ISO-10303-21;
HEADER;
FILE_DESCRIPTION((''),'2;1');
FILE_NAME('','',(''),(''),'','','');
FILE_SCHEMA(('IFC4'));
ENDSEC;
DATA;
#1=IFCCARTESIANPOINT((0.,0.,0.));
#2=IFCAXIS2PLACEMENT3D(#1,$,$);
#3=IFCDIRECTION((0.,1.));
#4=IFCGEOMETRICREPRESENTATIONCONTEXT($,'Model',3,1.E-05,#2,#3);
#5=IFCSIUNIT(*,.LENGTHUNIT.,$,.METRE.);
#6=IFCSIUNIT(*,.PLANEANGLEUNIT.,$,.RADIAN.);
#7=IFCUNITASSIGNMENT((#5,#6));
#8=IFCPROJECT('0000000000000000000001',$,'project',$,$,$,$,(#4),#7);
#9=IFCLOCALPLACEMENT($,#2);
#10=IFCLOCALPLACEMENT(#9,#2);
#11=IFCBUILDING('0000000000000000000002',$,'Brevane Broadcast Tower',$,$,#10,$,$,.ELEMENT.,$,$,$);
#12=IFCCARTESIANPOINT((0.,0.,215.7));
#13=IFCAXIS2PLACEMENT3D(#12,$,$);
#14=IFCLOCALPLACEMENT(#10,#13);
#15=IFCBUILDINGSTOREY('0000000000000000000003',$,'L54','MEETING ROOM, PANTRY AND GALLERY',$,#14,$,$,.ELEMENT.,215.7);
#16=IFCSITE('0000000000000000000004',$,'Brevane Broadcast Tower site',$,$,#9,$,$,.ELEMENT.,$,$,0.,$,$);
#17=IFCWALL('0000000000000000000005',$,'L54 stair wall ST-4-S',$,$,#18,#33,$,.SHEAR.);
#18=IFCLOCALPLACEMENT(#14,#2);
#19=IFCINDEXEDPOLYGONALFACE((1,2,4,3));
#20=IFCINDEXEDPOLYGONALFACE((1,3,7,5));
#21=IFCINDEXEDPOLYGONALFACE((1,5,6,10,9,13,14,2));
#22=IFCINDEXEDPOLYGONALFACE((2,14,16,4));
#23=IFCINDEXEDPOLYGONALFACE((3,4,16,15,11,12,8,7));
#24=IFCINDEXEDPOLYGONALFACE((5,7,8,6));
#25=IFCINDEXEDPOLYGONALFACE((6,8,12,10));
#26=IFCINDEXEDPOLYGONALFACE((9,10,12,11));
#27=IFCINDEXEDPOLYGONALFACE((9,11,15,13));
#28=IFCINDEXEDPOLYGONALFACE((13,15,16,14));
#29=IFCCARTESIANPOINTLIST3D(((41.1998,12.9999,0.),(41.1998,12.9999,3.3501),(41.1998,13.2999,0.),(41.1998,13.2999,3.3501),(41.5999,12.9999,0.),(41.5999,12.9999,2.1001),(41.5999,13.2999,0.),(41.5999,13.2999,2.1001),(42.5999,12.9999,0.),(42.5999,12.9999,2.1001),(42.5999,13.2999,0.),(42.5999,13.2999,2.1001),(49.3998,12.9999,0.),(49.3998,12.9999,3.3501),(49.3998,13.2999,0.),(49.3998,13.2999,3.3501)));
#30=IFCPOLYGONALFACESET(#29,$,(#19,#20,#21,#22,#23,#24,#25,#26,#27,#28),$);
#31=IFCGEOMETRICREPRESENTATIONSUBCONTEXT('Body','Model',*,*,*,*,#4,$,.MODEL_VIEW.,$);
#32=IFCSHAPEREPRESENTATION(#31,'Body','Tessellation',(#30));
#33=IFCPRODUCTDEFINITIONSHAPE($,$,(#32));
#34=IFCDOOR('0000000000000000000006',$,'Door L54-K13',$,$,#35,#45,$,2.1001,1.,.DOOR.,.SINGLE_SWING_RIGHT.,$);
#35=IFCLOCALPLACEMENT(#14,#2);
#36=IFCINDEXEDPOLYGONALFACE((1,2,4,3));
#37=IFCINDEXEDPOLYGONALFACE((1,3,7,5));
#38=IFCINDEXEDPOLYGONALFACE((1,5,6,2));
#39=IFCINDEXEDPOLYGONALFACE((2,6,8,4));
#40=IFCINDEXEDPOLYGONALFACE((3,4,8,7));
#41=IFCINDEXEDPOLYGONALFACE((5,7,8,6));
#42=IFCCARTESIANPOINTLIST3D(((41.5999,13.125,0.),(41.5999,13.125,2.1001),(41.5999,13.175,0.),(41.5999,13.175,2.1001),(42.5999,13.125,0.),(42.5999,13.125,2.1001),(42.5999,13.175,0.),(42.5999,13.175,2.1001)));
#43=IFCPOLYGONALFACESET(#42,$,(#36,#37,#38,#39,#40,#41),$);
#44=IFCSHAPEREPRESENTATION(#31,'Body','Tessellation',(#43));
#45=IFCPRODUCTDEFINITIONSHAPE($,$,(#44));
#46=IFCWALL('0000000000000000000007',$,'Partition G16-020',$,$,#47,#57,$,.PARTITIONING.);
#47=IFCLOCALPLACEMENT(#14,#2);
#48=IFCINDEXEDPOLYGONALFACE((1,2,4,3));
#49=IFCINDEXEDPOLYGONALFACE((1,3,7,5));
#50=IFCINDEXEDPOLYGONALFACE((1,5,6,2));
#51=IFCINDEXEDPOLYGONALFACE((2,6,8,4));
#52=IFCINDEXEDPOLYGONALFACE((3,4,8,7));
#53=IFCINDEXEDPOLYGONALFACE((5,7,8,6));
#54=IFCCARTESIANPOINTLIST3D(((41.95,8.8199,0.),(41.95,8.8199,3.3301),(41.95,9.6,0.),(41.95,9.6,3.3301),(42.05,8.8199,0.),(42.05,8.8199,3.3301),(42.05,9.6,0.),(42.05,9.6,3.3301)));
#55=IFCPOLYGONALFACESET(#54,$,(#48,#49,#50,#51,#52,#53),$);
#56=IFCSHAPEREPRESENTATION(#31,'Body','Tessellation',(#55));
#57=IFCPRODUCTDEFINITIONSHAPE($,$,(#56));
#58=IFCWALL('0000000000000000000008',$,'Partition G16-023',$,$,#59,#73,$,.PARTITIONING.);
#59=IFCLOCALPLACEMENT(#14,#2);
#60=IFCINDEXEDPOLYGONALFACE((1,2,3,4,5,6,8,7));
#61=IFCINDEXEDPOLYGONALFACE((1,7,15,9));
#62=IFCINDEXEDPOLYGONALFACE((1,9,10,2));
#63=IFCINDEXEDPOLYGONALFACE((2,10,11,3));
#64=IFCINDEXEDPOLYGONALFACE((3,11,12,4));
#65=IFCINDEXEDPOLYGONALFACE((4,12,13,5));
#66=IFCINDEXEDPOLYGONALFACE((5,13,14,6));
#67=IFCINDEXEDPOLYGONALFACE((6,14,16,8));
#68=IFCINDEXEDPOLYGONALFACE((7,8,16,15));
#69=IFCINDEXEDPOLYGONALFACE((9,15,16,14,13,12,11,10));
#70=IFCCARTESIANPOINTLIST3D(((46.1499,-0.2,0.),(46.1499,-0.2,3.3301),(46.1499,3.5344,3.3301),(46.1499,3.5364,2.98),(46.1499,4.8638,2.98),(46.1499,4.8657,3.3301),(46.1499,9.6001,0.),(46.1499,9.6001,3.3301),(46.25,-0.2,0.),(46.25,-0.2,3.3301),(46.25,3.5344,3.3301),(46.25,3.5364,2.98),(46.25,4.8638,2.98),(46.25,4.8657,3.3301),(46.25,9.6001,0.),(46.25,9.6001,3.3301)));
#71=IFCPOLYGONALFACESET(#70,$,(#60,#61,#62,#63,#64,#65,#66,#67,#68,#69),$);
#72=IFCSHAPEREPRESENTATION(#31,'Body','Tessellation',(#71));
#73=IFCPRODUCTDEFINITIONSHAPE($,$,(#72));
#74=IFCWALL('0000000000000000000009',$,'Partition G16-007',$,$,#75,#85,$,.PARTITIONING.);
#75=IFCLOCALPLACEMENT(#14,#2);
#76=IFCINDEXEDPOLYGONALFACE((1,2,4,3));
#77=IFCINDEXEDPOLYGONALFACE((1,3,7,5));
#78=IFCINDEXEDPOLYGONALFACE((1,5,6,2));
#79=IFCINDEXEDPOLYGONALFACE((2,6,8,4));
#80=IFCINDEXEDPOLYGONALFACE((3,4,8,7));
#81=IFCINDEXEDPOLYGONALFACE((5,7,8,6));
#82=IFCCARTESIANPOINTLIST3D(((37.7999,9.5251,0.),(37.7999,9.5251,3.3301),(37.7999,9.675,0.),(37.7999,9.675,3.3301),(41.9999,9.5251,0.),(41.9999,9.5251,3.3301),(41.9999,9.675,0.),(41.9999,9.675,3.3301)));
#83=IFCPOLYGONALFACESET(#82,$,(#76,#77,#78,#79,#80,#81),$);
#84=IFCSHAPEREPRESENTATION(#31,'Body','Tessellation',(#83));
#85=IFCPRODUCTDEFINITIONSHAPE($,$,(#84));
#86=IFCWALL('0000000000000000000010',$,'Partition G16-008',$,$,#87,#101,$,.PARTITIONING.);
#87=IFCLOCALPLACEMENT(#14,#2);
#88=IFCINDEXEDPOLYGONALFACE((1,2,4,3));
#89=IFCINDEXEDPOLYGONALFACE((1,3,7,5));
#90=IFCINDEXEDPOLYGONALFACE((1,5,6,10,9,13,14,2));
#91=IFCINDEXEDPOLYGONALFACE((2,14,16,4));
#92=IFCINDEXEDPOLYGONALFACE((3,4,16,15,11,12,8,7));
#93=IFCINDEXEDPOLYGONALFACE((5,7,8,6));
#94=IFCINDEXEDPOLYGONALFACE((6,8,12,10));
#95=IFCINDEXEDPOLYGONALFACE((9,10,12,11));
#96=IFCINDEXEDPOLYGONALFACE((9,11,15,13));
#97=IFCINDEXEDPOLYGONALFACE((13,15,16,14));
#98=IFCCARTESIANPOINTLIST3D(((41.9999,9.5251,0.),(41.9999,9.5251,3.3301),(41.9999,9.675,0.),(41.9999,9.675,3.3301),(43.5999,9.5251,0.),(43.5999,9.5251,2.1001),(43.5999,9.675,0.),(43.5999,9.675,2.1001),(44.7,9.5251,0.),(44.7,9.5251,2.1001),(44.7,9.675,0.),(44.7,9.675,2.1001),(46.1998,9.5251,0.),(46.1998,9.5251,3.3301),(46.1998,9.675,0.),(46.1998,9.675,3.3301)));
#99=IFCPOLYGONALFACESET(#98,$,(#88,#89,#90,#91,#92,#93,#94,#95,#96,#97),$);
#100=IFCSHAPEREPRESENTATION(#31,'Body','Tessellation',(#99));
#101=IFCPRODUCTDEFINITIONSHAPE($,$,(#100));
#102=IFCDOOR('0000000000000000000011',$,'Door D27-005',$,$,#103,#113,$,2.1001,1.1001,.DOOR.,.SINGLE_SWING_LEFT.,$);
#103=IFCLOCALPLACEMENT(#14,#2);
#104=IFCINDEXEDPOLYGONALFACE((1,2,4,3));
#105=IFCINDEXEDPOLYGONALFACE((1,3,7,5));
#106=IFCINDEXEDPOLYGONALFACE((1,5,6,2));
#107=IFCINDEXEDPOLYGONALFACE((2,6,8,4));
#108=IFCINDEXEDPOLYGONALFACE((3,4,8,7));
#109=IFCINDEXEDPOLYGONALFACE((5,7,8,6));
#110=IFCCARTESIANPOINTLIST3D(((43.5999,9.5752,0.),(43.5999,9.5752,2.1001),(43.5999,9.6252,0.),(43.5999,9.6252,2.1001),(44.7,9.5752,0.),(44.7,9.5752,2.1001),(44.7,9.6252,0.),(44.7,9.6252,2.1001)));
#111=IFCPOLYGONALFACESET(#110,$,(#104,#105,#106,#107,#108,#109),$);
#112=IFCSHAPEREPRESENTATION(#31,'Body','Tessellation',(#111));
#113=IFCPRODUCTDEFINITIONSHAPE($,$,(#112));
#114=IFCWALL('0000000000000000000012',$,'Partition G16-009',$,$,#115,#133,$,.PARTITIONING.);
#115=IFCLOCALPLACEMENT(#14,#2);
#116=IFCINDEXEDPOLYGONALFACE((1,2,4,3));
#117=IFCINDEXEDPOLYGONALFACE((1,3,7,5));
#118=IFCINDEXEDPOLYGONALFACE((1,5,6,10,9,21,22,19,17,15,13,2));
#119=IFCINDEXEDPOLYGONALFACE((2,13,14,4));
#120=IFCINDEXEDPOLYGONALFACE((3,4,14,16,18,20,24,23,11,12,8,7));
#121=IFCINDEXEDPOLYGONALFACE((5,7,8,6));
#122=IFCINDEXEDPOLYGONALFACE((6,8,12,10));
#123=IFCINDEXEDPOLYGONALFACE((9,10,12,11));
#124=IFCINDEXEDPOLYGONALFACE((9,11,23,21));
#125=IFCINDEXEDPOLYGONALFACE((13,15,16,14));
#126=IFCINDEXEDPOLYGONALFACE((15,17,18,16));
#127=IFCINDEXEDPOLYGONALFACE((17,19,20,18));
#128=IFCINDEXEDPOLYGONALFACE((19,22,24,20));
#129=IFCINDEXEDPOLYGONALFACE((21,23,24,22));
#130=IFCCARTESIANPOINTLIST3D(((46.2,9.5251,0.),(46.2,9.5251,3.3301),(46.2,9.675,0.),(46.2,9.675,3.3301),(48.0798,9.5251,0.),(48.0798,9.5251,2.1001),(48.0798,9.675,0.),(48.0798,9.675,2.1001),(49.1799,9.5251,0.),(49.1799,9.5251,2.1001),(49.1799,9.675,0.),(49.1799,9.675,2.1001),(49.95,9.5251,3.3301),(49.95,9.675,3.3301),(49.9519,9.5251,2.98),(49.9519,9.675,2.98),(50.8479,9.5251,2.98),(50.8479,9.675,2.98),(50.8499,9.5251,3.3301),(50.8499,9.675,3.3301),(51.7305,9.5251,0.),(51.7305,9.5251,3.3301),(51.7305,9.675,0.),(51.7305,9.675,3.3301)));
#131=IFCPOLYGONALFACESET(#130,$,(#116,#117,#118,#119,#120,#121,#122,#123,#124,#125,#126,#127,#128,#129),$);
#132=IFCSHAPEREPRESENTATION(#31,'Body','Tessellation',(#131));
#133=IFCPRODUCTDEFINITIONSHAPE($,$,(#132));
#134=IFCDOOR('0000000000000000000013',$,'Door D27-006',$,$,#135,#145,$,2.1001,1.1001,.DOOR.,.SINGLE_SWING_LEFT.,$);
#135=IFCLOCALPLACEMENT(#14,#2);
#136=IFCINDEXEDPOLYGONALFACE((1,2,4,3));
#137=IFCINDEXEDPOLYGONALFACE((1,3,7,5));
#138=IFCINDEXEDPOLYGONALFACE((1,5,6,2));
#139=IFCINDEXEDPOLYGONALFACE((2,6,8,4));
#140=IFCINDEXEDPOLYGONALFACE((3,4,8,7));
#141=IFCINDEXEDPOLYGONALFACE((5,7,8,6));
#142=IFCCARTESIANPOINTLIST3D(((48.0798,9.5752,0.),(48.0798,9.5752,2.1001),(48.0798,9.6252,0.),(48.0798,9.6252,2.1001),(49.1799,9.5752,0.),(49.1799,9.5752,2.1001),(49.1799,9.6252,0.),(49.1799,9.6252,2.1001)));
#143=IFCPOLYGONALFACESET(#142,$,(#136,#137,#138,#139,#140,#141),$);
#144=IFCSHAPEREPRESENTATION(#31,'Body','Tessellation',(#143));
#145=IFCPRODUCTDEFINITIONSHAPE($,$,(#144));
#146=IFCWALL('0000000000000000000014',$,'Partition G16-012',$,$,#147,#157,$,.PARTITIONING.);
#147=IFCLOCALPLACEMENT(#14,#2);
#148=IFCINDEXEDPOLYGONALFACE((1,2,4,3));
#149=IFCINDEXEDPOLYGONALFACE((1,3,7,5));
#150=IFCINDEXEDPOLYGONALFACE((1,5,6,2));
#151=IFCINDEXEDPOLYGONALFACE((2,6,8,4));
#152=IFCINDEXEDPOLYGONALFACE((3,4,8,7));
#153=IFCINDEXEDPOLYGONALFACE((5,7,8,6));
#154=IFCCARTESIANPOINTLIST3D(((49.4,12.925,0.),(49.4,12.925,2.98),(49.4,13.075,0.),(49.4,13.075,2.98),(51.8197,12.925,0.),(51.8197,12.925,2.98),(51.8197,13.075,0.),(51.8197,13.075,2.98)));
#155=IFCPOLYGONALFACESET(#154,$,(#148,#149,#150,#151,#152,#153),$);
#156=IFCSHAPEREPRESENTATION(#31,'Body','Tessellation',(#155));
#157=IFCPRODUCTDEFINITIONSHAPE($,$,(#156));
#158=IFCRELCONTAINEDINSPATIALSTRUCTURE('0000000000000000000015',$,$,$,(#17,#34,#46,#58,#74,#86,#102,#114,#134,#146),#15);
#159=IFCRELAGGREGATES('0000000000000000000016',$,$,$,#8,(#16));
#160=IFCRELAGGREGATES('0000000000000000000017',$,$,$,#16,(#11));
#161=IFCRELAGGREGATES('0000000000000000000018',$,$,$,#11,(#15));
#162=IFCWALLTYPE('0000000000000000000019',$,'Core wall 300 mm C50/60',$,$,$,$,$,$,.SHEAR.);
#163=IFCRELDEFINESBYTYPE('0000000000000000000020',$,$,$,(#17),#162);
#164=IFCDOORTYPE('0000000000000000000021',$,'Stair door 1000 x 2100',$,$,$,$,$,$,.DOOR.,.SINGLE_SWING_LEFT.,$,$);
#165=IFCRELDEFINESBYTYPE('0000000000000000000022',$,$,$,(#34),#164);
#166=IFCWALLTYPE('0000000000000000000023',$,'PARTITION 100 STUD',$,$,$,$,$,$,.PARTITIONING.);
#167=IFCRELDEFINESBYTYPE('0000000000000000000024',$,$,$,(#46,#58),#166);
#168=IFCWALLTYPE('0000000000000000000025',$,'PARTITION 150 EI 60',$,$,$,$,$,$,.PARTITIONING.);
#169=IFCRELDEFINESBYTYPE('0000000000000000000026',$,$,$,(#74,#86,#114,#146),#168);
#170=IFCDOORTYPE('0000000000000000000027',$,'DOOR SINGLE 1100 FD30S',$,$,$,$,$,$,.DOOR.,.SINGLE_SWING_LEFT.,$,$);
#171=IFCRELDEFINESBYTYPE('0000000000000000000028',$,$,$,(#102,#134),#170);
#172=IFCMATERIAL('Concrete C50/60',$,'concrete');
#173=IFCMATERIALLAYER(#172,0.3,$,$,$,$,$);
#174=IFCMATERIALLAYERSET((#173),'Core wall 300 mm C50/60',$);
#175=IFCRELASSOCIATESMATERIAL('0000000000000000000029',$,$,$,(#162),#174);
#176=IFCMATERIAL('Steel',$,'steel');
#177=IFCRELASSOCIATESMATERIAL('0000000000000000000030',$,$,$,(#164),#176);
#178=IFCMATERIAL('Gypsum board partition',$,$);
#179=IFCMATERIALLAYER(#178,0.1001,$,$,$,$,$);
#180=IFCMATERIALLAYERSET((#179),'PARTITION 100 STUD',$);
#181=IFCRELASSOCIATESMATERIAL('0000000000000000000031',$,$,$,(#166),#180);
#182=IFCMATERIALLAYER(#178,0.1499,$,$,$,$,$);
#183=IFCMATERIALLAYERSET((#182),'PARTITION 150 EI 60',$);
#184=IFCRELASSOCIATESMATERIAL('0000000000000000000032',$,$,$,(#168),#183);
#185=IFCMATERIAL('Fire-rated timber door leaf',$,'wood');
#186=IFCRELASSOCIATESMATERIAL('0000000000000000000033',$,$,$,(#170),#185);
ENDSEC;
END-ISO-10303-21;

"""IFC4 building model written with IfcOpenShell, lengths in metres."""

from ifc_helpers import new_model, si_unit, direction, frame, frame_2d, origin, place, context, subcontext, project, spatial, polyline, rectangle, outline, extrude, material, layer, layer_set, type_object, element, fill, save


model = new_model("IFC4")

# Units and contexts
model_context = context("Model", 3, precision=1e-05, world=origin(), true_north=direction((0.0, 1.0)))
body_context = subcontext(model_context, "Body", "Model", "MODEL_VIEW")
ifc_project = project(units=[si_unit("LENGTHUNIT", "METRE"), si_unit("PLANEANGLEUNIT", "RADIAN")], contexts=[model_context])

# Site, building, storey
site_placement = place(None, origin())
site = spatial("IfcSite", under=ifc_project, at=site_placement, Name="Brevane Broadcast Tower site", CompositionType="ELEMENT", RefElevation=0.0)
building_placement = place(site_placement, origin())
building = spatial("IfcBuilding", under=site, at=building_placement, Name="Brevane Broadcast Tower", CompositionType="ELEMENT")
storey_placement = place(building_placement, frame((0.0, 0.0, 215.7)))
storey = spatial("IfcBuildingStorey", under=building, at=storey_placement, Name="L54", Description="MEETING ROOM, PANTRY AND GALLERY", CompositionType="ELEMENT", Elevation=215.7)

# Shared definitions
ifc_material_1 = material(Name="Concrete C50/60", Category="concrete")

# Wall, opening, door
ifc_layer_1 = layer(ifc_material_1, 0.3)
ifc_layer_set_1 = layer_set([ifc_layer_1], Name="Core wall 300 mm C50/60")
wall_type_1 = type_object("IfcWallType", Name="Core wall 300 mm C50/60", PredefinedType="SHEAR", material=ifc_layer_set_1)
wall_1_placement = place(storey_placement, frame((49.3999, 13.1499, 0.0), z_axis=(0.0, 0.0, 1.0), x_axis=(-1.0, 0.0, 0.0)))
wall_1 = element("IfcWall", 1, at=wall_1_placement, inside=storey, type_object=wall_type_1, Name="L54 stair wall ST-4-S", PredefinedType="SHEAR", context=body_context, shape_type="SweptSolid", body=[
    extrude(rectangle(XDim=8.2, YDim=0.3, at=frame_2d((4.1001, 0.0))), origin(), (0.0, 0.0, 1.0), 3.3501),
])
opening_1_placement = place(wall_1_placement, frame((6.8, 0.0, 0.0)))
opening_1 = element("IfcOpeningElement", 2, at=opening_1_placement, cuts=wall_1, PredefinedType="OPENING", context=body_context, shape_type="SweptSolid", body=[
    extrude(rectangle(XDim=1.0, YDim=2.1001, at=frame_2d((0.5, 1.05))), frame((0.0, 0.1599, 0.0), z_axis=(0.0, -1.0, 0.0), x_axis=(1.0, 0.0, 0.0)), (0.0, 0.0, 1.0), 0.3201),
])
ifc_material_2 = material(Name="Steel", Category="steel")
door_type_1 = type_object("IfcDoorType", Name="Stair door 1000 x 2100", OperationType="SINGLE_SWING_LEFT", PredefinedType="DOOR", material=ifc_material_2)
door_1_placement = place(opening_1_placement, origin())
door_1 = element("IfcDoor", 3, at=door_1_placement, inside=storey, type_object=door_type_1, Name="Door L54-K13", OperationType="SINGLE_SWING_RIGHT", OverallHeight=2.1001, OverallWidth=1.0, PredefinedType="DOOR", context=body_context, shape_type="SweptSolid", body=[
    extrude(rectangle(XDim=1.0, YDim=2.1001, at=frame_2d((0.5, 1.05))), frame((0.0, 0.0249, 0.0), z_axis=(0.0, -1.0, 0.0), x_axis=(1.0, 0.0, 0.0)), (0.0, 0.0, 1.0), 0.05),
])
fill(opening_1, door_1)

# Walls
ifc_material_3 = material(Name="Gypsum board partition")
ifc_layer_2 = layer(ifc_material_3, 0.1001)
ifc_layer_set_2 = layer_set([ifc_layer_2], Name="PARTITION 100 STUD")
wall_type_2 = type_object("IfcWallType", Name="PARTITION 100 STUD", PredefinedType="PARTITIONING", material=ifc_layer_set_2)
wall_2_placement = place(storey_placement, frame((42.0, 9.6001, 0.0), z_axis=(0.0, 0.0, 1.0), x_axis=(0.0, -1.0, 0.0)))
element("IfcWall", 4, at=wall_2_placement, inside=storey, type_object=wall_type_2, Name="Partition G16-020", PredefinedType="PARTITIONING", context=body_context, shape_type="SweptSolid", body=[
    extrude(rectangle(XDim=0.78, YDim=0.1001, at=frame_2d((0.3901, 0.0))), origin(), (0.0, 0.0, 1.0), 3.3301),
])
wall_3_placement = place(storey_placement, frame((46.2, 9.6001, 0.0), z_axis=(0.0, 0.0, 1.0), x_axis=(0.0, -1.0, 0.0)))
element("IfcWall", 5, at=wall_3_placement, inside=storey, type_object=wall_type_2, Name="Partition G16-023", PredefinedType="PARTITIONING", context=body_context, shape_type="SweptSolid", body=[
    extrude(outline(polyline([(0.0, 0.0), (9.8, 0.0), (9.8, 3.3301), (6.0657, 3.3301), (6.0637, 2.98), (4.7363, 2.98), (4.7344, 3.3301), (0.0, 3.3301), (0.0, 0.0)])), frame((0.0, 0.05, 0.0), z_axis=(0.0, -1.0, 0.0), x_axis=(1.0, 0.0, 0.0)), (0.0, 0.0, 1.0), 0.1001),
])
ifc_layer_3 = layer(ifc_material_3, 0.1499)
ifc_layer_set_3 = layer_set([ifc_layer_3], Name="PARTITION 150 EI 60")
wall_type_3 = type_object("IfcWallType", Name="PARTITION 150 EI 60", PredefinedType="PARTITIONING", material=ifc_layer_set_3)
wall_4_placement = place(storey_placement, frame((42.0, 9.6001, 0.0), z_axis=(0.0, 0.0, 1.0), x_axis=(-1.0, 0.0, 0.0)))
element("IfcWall", 6, at=wall_4_placement, inside=storey, type_object=wall_type_3, Name="Partition G16-007", PredefinedType="PARTITIONING", context=body_context, shape_type="SweptSolid", body=[
    extrude(rectangle(XDim=4.2, YDim=0.1499, at=frame_2d((2.1001, 0.0))), origin(), (0.0, 0.0, 1.0), 3.3301),
])

# Walls, openings, doors
wall_5_placement = place(storey_placement, frame((46.2, 9.6001, 0.0), z_axis=(0.0, 0.0, 1.0), x_axis=(-1.0, 0.0, 0.0)))
wall_5 = element("IfcWall", 7, at=wall_5_placement, inside=storey, type_object=wall_type_3, Name="Partition G16-008", PredefinedType="PARTITIONING", context=body_context, shape_type="SweptSolid", body=[
    extrude(rectangle(XDim=4.2, YDim=0.1499, at=frame_2d((2.1001, 0.0))), origin(), (0.0, 0.0, 1.0), 3.3301),
])
opening_2_placement = place(wall_5_placement, frame((1.5, 0.0, 0.0)))
opening_2 = element("IfcOpeningElement", 8, at=opening_2_placement, cuts=wall_5, PredefinedType="OPENING", context=body_context, shape_type="SweptSolid", body=[
    extrude(rectangle(XDim=1.1001, YDim=2.1001, at=frame_2d((0.55, 1.05))), frame((0.0, 0.085, 0.0), z_axis=(0.0, -1.0, 0.0), x_axis=(1.0, 0.0, 0.0)), (0.0, 0.0, 1.0), 0.1699),
])
ifc_material_4 = material(Name="Fire-rated timber door leaf", Category="wood")
door_type_2 = type_object("IfcDoorType", Name="DOOR SINGLE 1100 FD30S", OperationType="SINGLE_SWING_LEFT", PredefinedType="DOOR", material=ifc_material_4)
door_2_placement = place(opening_2_placement, origin())
door_2 = element("IfcDoor", 9, at=door_2_placement, inside=storey, type_object=door_type_2, Name="Door D27-005", OperationType="SINGLE_SWING_LEFT", OverallHeight=2.1001, OverallWidth=1.1001, PredefinedType="DOOR", context=body_context, shape_type="SweptSolid", body=[
    extrude(rectangle(XDim=1.1001, YDim=2.1001, at=frame_2d((0.55, 1.05))), frame((0.0, 0.0249, 0.0), z_axis=(0.0, -1.0, 0.0), x_axis=(1.0, 0.0, 0.0)), (0.0, 0.0, 1.0), 0.05),
])
fill(opening_2, door_2)
wall_6_placement = place(storey_placement, frame((51.7305, 9.6001, 0.0), z_axis=(0.0, 0.0, 1.0), x_axis=(-1.0, 0.0, 0.0)))
wall_6 = element("IfcWall", 10, at=wall_6_placement, inside=storey, type_object=wall_type_3, Name="Partition G16-009", PredefinedType="PARTITIONING", context=body_context, shape_type="SweptSolid", body=[
    extrude(outline(polyline([(0.0, 0.0), (5.5305, 0.0), (5.5305, 3.3301), (1.7805, 3.3301), (1.7786, 2.98), (0.8826, 2.98), (0.8806, 3.3301), (0.2505, 3.3301), (0.0, 3.3301), (0.0, 0.0)])), frame((0.0, 0.075, 0.0), z_axis=(0.0, -1.0, 0.0), x_axis=(1.0, 0.0, 0.0)), (0.0, 0.0, 1.0), 0.1499),
])
opening_3_placement = place(wall_6_placement, frame((2.5505, 0.0, 0.0)))
opening_3 = element("IfcOpeningElement", 11, at=opening_3_placement, cuts=wall_6, PredefinedType="OPENING", context=body_context, shape_type="SweptSolid", body=[
    extrude(rectangle(XDim=1.1001, YDim=2.1001, at=frame_2d((0.55, 1.05))), frame((0.0, 0.085, 0.0), z_axis=(0.0, -1.0, 0.0), x_axis=(1.0, 0.0, 0.0)), (0.0, 0.0, 1.0), 0.1699),
])
door_3_placement = place(opening_3_placement, origin())
door_3 = element("IfcDoor", 12, at=door_3_placement, inside=storey, type_object=door_type_2, Name="Door D27-006", OperationType="SINGLE_SWING_LEFT", OverallHeight=2.1001, OverallWidth=1.1001, PredefinedType="DOOR", context=body_context, shape_type="SweptSolid", body=[
    extrude(rectangle(XDim=1.1001, YDim=2.1001, at=frame_2d((0.55, 1.05))), frame((0.0, 0.0249, 0.0), z_axis=(0.0, -1.0, 0.0), x_axis=(1.0, 0.0, 0.0)), (0.0, 0.0, 1.0), 0.05),
])
fill(opening_3, door_3)

# Wall
wall_7_placement = place(storey_placement, frame((49.3999, 13.0, 0.0), z_axis=(0.0, 0.0, 1.0), x_axis=(1.0, 0.0, 0.0)))
element("IfcWall", 13, at=wall_7_placement, inside=storey, type_object=wall_type_3, Name="Partition G16-012", PredefinedType="PARTITIONING", context=body_context, shape_type="SweptSolid", body=[
    extrude(rectangle(XDim=2.4197, YDim=0.1499, at=frame_2d((1.21, 0.0))), origin(), (0.0, 0.0, 1.0), 2.98),
])

save(model, "model.ifc")
